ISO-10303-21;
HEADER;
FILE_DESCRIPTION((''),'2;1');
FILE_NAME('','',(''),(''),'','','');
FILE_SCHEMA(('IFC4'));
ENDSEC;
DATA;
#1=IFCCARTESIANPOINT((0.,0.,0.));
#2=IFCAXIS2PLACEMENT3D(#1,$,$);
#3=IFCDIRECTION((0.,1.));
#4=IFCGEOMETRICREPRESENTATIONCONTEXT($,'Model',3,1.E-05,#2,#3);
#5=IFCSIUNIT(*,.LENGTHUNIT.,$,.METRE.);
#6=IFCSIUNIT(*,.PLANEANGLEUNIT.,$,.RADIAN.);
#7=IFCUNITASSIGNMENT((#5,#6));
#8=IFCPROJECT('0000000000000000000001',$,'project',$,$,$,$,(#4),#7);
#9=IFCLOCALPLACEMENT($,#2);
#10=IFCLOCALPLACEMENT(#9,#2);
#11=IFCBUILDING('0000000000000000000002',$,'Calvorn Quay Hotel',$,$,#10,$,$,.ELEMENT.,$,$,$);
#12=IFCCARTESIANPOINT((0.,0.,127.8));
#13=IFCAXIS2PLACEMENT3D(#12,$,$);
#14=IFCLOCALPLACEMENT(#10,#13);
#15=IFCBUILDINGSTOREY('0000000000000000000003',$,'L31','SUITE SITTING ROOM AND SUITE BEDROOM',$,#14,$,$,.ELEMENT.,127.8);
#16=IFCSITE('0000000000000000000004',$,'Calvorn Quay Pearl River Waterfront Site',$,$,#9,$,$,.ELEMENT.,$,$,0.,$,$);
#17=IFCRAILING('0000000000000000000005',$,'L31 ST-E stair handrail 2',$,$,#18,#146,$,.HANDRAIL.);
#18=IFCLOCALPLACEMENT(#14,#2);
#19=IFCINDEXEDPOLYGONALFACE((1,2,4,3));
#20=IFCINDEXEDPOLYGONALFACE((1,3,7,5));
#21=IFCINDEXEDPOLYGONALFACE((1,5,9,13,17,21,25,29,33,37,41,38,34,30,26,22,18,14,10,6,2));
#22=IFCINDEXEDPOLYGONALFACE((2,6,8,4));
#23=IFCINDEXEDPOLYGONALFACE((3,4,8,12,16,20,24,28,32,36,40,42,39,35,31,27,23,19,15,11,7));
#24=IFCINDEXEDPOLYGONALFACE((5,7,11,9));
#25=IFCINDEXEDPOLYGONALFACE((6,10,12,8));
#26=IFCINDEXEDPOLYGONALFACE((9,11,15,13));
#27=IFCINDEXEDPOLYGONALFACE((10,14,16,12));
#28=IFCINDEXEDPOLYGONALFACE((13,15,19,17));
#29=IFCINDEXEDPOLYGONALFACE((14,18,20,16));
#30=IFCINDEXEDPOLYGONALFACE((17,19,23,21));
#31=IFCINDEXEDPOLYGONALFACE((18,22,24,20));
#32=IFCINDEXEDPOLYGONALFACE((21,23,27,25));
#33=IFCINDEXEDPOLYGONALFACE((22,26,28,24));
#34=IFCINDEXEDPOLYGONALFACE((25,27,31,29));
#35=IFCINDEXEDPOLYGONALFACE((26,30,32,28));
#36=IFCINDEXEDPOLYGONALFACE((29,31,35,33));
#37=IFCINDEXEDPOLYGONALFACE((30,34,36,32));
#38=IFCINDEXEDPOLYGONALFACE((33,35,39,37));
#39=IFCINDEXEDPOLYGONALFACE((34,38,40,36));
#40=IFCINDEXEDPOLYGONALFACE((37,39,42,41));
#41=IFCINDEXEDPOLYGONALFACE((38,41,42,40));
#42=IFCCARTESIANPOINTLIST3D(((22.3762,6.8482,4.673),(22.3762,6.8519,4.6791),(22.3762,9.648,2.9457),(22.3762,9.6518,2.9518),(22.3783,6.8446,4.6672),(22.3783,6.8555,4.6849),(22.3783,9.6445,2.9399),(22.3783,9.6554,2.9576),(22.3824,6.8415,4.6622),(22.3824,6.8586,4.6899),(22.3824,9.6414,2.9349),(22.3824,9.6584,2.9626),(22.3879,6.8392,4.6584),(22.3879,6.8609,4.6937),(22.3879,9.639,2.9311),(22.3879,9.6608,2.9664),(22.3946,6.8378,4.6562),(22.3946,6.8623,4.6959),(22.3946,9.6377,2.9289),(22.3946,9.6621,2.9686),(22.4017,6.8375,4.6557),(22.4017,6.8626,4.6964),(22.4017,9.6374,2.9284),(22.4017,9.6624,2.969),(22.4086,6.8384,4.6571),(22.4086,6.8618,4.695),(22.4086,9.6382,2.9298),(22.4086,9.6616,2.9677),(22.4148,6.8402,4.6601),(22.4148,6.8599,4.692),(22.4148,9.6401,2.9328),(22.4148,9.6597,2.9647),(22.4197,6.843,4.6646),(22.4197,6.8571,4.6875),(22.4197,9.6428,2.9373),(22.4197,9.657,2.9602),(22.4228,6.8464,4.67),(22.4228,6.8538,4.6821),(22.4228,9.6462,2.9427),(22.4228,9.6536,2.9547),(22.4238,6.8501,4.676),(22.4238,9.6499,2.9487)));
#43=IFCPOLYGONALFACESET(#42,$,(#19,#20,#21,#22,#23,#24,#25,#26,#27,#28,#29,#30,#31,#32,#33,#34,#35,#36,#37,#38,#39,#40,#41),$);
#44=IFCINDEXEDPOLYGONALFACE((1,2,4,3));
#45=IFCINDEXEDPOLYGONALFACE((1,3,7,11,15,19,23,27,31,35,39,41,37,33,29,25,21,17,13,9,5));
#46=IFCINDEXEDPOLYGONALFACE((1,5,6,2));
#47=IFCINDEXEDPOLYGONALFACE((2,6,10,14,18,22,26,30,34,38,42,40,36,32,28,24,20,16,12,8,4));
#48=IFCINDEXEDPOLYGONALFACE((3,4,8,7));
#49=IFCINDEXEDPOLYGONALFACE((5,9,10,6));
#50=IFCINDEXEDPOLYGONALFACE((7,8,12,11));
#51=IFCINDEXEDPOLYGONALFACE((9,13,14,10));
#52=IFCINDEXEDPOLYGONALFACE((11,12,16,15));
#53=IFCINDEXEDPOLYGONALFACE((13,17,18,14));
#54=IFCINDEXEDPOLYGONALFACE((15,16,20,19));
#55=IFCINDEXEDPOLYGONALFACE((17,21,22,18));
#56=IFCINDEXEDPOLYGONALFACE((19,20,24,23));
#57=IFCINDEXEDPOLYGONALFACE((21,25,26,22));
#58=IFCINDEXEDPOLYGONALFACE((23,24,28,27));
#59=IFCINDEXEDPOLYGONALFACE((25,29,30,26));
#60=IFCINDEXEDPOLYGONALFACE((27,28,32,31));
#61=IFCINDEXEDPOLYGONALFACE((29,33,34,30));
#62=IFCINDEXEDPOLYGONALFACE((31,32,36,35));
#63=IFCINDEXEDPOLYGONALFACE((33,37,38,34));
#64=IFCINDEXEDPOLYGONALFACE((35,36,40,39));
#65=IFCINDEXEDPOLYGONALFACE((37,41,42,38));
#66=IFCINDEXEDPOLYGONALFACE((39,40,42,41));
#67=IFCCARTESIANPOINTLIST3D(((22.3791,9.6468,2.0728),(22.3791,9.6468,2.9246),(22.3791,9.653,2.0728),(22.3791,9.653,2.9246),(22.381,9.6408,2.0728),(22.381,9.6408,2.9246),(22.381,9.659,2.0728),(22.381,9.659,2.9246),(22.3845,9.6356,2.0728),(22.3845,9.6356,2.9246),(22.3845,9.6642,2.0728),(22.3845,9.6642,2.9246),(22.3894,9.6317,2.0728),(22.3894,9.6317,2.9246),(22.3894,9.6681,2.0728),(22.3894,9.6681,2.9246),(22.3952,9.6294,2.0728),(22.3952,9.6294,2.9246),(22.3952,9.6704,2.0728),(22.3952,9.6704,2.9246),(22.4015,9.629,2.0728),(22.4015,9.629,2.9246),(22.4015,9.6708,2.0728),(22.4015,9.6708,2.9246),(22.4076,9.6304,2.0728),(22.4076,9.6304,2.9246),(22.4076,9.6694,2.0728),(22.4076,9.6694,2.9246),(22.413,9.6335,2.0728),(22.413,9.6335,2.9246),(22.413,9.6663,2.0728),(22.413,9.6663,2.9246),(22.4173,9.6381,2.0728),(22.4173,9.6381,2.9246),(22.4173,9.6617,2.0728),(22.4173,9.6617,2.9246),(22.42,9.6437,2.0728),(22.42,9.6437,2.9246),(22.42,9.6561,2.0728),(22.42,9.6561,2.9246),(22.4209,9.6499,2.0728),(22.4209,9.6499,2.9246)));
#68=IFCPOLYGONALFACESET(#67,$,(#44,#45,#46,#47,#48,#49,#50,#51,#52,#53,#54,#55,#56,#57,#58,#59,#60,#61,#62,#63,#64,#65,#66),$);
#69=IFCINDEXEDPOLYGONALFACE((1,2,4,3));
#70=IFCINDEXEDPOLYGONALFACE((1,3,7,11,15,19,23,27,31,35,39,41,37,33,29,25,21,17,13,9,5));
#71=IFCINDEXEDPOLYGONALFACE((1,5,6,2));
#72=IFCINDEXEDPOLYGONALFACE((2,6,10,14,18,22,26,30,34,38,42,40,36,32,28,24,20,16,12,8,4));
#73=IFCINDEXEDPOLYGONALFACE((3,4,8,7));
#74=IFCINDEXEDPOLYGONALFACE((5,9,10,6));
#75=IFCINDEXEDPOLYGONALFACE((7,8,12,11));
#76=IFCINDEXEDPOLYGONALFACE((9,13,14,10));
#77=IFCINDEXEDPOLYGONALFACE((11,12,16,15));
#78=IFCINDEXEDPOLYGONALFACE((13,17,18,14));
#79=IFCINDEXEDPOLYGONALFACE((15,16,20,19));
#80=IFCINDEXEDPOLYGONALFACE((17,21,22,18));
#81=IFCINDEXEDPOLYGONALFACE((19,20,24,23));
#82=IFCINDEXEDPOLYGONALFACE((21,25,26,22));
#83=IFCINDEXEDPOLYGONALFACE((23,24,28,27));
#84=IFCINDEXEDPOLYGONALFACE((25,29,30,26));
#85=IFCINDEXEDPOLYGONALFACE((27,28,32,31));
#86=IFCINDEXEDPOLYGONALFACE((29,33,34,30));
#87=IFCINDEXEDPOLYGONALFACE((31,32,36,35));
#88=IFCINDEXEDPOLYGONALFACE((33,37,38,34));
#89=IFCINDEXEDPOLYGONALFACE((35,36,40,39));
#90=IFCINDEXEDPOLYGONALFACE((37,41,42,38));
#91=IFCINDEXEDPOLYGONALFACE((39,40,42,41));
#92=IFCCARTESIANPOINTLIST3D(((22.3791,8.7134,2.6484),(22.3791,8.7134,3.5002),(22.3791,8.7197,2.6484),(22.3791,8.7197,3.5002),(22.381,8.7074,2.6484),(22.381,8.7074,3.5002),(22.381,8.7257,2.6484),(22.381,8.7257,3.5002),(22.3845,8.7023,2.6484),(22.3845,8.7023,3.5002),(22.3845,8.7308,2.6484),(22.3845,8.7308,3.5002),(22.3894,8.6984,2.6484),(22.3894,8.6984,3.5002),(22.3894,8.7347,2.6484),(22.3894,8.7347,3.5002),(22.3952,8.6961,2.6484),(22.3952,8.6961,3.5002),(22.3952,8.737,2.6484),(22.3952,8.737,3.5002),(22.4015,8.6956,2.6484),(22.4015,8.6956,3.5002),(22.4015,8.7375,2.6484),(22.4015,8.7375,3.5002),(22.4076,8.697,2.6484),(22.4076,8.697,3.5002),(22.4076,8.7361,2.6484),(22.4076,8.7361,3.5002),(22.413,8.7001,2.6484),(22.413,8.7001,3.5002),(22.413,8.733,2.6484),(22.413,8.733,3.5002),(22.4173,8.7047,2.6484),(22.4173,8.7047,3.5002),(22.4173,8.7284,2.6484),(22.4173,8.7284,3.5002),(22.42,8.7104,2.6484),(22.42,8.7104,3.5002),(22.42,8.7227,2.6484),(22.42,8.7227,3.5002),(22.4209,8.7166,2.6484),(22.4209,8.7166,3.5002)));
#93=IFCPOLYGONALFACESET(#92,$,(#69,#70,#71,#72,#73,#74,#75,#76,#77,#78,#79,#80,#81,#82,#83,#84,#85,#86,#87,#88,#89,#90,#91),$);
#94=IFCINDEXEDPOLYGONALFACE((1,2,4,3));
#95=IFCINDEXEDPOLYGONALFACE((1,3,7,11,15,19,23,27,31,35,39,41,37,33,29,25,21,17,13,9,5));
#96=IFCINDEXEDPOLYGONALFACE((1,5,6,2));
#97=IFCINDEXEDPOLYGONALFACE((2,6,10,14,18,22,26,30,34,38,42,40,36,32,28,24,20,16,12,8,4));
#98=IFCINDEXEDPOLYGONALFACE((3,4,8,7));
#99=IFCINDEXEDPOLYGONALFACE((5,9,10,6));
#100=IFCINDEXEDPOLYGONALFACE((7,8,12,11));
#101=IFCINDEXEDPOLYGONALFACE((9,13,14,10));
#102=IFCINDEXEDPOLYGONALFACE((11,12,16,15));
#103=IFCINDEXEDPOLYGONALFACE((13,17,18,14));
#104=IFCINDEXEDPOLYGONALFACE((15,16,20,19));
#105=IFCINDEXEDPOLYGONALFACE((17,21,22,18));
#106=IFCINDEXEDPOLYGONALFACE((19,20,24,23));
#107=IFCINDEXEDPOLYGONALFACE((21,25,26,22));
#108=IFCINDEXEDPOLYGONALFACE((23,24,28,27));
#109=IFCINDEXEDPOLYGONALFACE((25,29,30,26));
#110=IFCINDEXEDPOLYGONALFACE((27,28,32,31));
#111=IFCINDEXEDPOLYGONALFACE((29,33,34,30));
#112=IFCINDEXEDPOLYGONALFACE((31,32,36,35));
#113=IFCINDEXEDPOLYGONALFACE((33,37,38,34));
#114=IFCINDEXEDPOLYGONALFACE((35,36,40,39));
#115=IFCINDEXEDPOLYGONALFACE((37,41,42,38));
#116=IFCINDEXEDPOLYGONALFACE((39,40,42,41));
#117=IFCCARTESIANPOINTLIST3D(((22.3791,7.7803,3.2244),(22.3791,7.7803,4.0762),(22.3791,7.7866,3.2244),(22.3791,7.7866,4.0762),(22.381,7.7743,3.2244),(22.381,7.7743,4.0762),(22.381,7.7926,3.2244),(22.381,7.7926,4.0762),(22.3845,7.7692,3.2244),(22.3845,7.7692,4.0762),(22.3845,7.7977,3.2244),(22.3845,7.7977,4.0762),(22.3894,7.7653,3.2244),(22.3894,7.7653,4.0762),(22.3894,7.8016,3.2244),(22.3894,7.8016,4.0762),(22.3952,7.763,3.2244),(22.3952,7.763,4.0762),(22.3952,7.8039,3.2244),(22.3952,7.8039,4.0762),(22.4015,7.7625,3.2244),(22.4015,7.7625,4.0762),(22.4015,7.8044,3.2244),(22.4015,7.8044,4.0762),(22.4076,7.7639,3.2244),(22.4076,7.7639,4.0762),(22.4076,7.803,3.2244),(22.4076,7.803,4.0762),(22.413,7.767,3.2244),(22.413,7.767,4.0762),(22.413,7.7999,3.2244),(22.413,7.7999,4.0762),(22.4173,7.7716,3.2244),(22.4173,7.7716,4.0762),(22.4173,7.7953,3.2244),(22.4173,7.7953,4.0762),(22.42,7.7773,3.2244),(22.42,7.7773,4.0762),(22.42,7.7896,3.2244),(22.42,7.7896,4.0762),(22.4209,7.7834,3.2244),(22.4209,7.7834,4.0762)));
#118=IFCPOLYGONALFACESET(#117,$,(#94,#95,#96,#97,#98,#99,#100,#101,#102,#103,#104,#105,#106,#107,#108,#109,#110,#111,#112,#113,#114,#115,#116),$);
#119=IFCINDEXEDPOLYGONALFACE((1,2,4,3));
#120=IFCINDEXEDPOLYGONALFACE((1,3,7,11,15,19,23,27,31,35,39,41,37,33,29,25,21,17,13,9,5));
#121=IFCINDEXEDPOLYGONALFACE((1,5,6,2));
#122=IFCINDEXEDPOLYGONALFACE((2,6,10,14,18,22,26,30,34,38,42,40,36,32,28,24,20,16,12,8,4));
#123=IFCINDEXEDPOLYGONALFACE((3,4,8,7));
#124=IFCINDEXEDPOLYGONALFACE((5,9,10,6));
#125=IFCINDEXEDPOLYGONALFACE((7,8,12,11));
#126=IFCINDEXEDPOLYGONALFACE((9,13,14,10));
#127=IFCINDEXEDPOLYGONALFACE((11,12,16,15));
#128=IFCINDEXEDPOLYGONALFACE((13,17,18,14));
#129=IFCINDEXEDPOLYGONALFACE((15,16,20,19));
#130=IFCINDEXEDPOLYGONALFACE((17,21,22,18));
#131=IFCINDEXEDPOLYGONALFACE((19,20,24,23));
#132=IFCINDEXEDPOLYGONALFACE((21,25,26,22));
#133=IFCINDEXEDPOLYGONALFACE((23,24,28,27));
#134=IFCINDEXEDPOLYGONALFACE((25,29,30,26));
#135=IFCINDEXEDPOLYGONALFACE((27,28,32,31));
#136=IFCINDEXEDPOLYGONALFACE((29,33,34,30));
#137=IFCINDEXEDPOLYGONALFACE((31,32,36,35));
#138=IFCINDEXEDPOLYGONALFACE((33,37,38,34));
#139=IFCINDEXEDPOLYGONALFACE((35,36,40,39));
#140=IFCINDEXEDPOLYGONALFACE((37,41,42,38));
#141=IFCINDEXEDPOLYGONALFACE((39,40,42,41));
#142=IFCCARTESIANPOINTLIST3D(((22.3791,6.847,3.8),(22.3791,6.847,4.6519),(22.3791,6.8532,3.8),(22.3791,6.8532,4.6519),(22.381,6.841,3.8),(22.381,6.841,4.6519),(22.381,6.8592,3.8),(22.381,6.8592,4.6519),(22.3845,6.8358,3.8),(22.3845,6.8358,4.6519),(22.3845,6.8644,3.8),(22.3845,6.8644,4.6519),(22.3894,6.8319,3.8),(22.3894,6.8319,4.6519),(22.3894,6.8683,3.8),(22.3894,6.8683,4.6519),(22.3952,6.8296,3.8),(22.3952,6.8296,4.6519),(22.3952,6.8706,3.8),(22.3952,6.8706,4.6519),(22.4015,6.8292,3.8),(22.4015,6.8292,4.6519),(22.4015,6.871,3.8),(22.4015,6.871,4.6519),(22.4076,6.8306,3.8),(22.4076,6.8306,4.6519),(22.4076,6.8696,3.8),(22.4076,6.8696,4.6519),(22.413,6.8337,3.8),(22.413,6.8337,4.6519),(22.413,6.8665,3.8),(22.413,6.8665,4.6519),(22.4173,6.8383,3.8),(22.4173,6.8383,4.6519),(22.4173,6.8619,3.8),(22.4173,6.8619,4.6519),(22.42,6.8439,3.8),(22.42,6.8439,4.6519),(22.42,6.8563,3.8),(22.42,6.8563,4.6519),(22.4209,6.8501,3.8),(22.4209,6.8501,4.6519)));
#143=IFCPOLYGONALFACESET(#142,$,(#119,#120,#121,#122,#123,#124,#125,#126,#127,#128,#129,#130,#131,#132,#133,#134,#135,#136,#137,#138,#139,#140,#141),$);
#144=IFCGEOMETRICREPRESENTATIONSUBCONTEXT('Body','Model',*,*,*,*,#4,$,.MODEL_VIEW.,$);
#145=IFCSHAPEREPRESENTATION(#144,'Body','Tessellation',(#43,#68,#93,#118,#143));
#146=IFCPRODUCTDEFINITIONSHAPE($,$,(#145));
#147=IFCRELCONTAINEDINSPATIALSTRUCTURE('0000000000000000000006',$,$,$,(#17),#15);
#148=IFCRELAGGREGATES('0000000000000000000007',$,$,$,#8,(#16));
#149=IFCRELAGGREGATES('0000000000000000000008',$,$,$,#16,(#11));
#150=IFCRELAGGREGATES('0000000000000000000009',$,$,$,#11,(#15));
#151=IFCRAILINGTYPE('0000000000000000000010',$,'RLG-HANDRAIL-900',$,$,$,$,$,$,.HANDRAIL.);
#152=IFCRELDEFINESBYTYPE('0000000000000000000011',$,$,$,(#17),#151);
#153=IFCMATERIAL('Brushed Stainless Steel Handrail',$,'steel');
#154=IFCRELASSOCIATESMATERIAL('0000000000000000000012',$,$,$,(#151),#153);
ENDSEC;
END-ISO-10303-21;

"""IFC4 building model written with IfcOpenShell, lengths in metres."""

from ifc_helpers import new_model, si_unit, direction, frame, origin, origin_2d, place, context, subcontext, project, spatial, circle, extrude, material, type_object, element, save


model = new_model("IFC4")

# Units and contexts
model_context = context("Model", 3, precision=1e-05, world=origin(), true_north=direction((0.0, 1.0)))
body_context = subcontext(model_context, "Body", "Model", "MODEL_VIEW")
ifc_project = project(units=[si_unit("LENGTHUNIT", "METRE"), si_unit("PLANEANGLEUNIT", "RADIAN")], contexts=[model_context])

# Site, building, storey
site_placement = place(None, origin())
site = spatial("IfcSite", under=ifc_project, at=site_placement, Name="Calvorn Quay Pearl River Waterfront Site", CompositionType="ELEMENT", RefElevation=0.0)
building_placement = place(site_placement, origin())
building = spatial("IfcBuilding", under=site, at=building_placement, Name="Calvorn Quay Hotel", CompositionType="ELEMENT")
storey_placement = place(building_placement, frame((0.0, 0.0, 127.8)))
storey = spatial("IfcBuildingStorey", under=building, at=storey_placement, Name="L31", Description="SUITE SITTING ROOM AND SUITE BEDROOM", CompositionType="ELEMENT", Elevation=127.8)

# Railing
ifc_material_1 = material(Name="Brushed Stainless Steel Handrail", Category="steel")
railing_type_1 = type_object("IfcRailingType", Name="RLG-HANDRAIL-900", PredefinedType="HANDRAIL", material=ifc_material_1)
railing_1_placement = place(storey_placement, frame((22.3999, 9.6499, 2.0728)))
element("IfcRailing", 1, at=railing_1_placement, inside=storey, type_object=railing_type_1, Name="L31 ST-E stair handrail 2", PredefinedType="HANDRAIL", context=body_context, shape_type="SweptSolid", body=[
    extrude(circle(Radius=0.0239, at=origin_2d()), frame((0.0, 0.0, 0.876), z_axis=(0.0, -0.851069, 0.525054), x_axis=(1.0, 0.0, 0.0)), (0.0, 0.0, 1.0), 3.2898),
    extrude(circle(Radius=0.021, at=origin_2d()), origin(), (0.0, 0.0, 1.0), 0.8518),
    extrude(circle(Radius=0.021, at=origin_2d()), frame((0.0, -0.9333, 0.5757)), (0.0, 0.0, 1.0), 0.8518),
    extrude(circle(Radius=0.021, at=origin_2d()), frame((0.0, -1.8665, 1.1516)), (0.0, 0.0, 1.0), 0.8518),
    extrude(circle(Radius=0.021, at=origin_2d()), frame((0.0, -2.7998, 1.7273)), (0.0, 0.0, 1.0), 0.8518),
])

save(model, "model.ifc")
